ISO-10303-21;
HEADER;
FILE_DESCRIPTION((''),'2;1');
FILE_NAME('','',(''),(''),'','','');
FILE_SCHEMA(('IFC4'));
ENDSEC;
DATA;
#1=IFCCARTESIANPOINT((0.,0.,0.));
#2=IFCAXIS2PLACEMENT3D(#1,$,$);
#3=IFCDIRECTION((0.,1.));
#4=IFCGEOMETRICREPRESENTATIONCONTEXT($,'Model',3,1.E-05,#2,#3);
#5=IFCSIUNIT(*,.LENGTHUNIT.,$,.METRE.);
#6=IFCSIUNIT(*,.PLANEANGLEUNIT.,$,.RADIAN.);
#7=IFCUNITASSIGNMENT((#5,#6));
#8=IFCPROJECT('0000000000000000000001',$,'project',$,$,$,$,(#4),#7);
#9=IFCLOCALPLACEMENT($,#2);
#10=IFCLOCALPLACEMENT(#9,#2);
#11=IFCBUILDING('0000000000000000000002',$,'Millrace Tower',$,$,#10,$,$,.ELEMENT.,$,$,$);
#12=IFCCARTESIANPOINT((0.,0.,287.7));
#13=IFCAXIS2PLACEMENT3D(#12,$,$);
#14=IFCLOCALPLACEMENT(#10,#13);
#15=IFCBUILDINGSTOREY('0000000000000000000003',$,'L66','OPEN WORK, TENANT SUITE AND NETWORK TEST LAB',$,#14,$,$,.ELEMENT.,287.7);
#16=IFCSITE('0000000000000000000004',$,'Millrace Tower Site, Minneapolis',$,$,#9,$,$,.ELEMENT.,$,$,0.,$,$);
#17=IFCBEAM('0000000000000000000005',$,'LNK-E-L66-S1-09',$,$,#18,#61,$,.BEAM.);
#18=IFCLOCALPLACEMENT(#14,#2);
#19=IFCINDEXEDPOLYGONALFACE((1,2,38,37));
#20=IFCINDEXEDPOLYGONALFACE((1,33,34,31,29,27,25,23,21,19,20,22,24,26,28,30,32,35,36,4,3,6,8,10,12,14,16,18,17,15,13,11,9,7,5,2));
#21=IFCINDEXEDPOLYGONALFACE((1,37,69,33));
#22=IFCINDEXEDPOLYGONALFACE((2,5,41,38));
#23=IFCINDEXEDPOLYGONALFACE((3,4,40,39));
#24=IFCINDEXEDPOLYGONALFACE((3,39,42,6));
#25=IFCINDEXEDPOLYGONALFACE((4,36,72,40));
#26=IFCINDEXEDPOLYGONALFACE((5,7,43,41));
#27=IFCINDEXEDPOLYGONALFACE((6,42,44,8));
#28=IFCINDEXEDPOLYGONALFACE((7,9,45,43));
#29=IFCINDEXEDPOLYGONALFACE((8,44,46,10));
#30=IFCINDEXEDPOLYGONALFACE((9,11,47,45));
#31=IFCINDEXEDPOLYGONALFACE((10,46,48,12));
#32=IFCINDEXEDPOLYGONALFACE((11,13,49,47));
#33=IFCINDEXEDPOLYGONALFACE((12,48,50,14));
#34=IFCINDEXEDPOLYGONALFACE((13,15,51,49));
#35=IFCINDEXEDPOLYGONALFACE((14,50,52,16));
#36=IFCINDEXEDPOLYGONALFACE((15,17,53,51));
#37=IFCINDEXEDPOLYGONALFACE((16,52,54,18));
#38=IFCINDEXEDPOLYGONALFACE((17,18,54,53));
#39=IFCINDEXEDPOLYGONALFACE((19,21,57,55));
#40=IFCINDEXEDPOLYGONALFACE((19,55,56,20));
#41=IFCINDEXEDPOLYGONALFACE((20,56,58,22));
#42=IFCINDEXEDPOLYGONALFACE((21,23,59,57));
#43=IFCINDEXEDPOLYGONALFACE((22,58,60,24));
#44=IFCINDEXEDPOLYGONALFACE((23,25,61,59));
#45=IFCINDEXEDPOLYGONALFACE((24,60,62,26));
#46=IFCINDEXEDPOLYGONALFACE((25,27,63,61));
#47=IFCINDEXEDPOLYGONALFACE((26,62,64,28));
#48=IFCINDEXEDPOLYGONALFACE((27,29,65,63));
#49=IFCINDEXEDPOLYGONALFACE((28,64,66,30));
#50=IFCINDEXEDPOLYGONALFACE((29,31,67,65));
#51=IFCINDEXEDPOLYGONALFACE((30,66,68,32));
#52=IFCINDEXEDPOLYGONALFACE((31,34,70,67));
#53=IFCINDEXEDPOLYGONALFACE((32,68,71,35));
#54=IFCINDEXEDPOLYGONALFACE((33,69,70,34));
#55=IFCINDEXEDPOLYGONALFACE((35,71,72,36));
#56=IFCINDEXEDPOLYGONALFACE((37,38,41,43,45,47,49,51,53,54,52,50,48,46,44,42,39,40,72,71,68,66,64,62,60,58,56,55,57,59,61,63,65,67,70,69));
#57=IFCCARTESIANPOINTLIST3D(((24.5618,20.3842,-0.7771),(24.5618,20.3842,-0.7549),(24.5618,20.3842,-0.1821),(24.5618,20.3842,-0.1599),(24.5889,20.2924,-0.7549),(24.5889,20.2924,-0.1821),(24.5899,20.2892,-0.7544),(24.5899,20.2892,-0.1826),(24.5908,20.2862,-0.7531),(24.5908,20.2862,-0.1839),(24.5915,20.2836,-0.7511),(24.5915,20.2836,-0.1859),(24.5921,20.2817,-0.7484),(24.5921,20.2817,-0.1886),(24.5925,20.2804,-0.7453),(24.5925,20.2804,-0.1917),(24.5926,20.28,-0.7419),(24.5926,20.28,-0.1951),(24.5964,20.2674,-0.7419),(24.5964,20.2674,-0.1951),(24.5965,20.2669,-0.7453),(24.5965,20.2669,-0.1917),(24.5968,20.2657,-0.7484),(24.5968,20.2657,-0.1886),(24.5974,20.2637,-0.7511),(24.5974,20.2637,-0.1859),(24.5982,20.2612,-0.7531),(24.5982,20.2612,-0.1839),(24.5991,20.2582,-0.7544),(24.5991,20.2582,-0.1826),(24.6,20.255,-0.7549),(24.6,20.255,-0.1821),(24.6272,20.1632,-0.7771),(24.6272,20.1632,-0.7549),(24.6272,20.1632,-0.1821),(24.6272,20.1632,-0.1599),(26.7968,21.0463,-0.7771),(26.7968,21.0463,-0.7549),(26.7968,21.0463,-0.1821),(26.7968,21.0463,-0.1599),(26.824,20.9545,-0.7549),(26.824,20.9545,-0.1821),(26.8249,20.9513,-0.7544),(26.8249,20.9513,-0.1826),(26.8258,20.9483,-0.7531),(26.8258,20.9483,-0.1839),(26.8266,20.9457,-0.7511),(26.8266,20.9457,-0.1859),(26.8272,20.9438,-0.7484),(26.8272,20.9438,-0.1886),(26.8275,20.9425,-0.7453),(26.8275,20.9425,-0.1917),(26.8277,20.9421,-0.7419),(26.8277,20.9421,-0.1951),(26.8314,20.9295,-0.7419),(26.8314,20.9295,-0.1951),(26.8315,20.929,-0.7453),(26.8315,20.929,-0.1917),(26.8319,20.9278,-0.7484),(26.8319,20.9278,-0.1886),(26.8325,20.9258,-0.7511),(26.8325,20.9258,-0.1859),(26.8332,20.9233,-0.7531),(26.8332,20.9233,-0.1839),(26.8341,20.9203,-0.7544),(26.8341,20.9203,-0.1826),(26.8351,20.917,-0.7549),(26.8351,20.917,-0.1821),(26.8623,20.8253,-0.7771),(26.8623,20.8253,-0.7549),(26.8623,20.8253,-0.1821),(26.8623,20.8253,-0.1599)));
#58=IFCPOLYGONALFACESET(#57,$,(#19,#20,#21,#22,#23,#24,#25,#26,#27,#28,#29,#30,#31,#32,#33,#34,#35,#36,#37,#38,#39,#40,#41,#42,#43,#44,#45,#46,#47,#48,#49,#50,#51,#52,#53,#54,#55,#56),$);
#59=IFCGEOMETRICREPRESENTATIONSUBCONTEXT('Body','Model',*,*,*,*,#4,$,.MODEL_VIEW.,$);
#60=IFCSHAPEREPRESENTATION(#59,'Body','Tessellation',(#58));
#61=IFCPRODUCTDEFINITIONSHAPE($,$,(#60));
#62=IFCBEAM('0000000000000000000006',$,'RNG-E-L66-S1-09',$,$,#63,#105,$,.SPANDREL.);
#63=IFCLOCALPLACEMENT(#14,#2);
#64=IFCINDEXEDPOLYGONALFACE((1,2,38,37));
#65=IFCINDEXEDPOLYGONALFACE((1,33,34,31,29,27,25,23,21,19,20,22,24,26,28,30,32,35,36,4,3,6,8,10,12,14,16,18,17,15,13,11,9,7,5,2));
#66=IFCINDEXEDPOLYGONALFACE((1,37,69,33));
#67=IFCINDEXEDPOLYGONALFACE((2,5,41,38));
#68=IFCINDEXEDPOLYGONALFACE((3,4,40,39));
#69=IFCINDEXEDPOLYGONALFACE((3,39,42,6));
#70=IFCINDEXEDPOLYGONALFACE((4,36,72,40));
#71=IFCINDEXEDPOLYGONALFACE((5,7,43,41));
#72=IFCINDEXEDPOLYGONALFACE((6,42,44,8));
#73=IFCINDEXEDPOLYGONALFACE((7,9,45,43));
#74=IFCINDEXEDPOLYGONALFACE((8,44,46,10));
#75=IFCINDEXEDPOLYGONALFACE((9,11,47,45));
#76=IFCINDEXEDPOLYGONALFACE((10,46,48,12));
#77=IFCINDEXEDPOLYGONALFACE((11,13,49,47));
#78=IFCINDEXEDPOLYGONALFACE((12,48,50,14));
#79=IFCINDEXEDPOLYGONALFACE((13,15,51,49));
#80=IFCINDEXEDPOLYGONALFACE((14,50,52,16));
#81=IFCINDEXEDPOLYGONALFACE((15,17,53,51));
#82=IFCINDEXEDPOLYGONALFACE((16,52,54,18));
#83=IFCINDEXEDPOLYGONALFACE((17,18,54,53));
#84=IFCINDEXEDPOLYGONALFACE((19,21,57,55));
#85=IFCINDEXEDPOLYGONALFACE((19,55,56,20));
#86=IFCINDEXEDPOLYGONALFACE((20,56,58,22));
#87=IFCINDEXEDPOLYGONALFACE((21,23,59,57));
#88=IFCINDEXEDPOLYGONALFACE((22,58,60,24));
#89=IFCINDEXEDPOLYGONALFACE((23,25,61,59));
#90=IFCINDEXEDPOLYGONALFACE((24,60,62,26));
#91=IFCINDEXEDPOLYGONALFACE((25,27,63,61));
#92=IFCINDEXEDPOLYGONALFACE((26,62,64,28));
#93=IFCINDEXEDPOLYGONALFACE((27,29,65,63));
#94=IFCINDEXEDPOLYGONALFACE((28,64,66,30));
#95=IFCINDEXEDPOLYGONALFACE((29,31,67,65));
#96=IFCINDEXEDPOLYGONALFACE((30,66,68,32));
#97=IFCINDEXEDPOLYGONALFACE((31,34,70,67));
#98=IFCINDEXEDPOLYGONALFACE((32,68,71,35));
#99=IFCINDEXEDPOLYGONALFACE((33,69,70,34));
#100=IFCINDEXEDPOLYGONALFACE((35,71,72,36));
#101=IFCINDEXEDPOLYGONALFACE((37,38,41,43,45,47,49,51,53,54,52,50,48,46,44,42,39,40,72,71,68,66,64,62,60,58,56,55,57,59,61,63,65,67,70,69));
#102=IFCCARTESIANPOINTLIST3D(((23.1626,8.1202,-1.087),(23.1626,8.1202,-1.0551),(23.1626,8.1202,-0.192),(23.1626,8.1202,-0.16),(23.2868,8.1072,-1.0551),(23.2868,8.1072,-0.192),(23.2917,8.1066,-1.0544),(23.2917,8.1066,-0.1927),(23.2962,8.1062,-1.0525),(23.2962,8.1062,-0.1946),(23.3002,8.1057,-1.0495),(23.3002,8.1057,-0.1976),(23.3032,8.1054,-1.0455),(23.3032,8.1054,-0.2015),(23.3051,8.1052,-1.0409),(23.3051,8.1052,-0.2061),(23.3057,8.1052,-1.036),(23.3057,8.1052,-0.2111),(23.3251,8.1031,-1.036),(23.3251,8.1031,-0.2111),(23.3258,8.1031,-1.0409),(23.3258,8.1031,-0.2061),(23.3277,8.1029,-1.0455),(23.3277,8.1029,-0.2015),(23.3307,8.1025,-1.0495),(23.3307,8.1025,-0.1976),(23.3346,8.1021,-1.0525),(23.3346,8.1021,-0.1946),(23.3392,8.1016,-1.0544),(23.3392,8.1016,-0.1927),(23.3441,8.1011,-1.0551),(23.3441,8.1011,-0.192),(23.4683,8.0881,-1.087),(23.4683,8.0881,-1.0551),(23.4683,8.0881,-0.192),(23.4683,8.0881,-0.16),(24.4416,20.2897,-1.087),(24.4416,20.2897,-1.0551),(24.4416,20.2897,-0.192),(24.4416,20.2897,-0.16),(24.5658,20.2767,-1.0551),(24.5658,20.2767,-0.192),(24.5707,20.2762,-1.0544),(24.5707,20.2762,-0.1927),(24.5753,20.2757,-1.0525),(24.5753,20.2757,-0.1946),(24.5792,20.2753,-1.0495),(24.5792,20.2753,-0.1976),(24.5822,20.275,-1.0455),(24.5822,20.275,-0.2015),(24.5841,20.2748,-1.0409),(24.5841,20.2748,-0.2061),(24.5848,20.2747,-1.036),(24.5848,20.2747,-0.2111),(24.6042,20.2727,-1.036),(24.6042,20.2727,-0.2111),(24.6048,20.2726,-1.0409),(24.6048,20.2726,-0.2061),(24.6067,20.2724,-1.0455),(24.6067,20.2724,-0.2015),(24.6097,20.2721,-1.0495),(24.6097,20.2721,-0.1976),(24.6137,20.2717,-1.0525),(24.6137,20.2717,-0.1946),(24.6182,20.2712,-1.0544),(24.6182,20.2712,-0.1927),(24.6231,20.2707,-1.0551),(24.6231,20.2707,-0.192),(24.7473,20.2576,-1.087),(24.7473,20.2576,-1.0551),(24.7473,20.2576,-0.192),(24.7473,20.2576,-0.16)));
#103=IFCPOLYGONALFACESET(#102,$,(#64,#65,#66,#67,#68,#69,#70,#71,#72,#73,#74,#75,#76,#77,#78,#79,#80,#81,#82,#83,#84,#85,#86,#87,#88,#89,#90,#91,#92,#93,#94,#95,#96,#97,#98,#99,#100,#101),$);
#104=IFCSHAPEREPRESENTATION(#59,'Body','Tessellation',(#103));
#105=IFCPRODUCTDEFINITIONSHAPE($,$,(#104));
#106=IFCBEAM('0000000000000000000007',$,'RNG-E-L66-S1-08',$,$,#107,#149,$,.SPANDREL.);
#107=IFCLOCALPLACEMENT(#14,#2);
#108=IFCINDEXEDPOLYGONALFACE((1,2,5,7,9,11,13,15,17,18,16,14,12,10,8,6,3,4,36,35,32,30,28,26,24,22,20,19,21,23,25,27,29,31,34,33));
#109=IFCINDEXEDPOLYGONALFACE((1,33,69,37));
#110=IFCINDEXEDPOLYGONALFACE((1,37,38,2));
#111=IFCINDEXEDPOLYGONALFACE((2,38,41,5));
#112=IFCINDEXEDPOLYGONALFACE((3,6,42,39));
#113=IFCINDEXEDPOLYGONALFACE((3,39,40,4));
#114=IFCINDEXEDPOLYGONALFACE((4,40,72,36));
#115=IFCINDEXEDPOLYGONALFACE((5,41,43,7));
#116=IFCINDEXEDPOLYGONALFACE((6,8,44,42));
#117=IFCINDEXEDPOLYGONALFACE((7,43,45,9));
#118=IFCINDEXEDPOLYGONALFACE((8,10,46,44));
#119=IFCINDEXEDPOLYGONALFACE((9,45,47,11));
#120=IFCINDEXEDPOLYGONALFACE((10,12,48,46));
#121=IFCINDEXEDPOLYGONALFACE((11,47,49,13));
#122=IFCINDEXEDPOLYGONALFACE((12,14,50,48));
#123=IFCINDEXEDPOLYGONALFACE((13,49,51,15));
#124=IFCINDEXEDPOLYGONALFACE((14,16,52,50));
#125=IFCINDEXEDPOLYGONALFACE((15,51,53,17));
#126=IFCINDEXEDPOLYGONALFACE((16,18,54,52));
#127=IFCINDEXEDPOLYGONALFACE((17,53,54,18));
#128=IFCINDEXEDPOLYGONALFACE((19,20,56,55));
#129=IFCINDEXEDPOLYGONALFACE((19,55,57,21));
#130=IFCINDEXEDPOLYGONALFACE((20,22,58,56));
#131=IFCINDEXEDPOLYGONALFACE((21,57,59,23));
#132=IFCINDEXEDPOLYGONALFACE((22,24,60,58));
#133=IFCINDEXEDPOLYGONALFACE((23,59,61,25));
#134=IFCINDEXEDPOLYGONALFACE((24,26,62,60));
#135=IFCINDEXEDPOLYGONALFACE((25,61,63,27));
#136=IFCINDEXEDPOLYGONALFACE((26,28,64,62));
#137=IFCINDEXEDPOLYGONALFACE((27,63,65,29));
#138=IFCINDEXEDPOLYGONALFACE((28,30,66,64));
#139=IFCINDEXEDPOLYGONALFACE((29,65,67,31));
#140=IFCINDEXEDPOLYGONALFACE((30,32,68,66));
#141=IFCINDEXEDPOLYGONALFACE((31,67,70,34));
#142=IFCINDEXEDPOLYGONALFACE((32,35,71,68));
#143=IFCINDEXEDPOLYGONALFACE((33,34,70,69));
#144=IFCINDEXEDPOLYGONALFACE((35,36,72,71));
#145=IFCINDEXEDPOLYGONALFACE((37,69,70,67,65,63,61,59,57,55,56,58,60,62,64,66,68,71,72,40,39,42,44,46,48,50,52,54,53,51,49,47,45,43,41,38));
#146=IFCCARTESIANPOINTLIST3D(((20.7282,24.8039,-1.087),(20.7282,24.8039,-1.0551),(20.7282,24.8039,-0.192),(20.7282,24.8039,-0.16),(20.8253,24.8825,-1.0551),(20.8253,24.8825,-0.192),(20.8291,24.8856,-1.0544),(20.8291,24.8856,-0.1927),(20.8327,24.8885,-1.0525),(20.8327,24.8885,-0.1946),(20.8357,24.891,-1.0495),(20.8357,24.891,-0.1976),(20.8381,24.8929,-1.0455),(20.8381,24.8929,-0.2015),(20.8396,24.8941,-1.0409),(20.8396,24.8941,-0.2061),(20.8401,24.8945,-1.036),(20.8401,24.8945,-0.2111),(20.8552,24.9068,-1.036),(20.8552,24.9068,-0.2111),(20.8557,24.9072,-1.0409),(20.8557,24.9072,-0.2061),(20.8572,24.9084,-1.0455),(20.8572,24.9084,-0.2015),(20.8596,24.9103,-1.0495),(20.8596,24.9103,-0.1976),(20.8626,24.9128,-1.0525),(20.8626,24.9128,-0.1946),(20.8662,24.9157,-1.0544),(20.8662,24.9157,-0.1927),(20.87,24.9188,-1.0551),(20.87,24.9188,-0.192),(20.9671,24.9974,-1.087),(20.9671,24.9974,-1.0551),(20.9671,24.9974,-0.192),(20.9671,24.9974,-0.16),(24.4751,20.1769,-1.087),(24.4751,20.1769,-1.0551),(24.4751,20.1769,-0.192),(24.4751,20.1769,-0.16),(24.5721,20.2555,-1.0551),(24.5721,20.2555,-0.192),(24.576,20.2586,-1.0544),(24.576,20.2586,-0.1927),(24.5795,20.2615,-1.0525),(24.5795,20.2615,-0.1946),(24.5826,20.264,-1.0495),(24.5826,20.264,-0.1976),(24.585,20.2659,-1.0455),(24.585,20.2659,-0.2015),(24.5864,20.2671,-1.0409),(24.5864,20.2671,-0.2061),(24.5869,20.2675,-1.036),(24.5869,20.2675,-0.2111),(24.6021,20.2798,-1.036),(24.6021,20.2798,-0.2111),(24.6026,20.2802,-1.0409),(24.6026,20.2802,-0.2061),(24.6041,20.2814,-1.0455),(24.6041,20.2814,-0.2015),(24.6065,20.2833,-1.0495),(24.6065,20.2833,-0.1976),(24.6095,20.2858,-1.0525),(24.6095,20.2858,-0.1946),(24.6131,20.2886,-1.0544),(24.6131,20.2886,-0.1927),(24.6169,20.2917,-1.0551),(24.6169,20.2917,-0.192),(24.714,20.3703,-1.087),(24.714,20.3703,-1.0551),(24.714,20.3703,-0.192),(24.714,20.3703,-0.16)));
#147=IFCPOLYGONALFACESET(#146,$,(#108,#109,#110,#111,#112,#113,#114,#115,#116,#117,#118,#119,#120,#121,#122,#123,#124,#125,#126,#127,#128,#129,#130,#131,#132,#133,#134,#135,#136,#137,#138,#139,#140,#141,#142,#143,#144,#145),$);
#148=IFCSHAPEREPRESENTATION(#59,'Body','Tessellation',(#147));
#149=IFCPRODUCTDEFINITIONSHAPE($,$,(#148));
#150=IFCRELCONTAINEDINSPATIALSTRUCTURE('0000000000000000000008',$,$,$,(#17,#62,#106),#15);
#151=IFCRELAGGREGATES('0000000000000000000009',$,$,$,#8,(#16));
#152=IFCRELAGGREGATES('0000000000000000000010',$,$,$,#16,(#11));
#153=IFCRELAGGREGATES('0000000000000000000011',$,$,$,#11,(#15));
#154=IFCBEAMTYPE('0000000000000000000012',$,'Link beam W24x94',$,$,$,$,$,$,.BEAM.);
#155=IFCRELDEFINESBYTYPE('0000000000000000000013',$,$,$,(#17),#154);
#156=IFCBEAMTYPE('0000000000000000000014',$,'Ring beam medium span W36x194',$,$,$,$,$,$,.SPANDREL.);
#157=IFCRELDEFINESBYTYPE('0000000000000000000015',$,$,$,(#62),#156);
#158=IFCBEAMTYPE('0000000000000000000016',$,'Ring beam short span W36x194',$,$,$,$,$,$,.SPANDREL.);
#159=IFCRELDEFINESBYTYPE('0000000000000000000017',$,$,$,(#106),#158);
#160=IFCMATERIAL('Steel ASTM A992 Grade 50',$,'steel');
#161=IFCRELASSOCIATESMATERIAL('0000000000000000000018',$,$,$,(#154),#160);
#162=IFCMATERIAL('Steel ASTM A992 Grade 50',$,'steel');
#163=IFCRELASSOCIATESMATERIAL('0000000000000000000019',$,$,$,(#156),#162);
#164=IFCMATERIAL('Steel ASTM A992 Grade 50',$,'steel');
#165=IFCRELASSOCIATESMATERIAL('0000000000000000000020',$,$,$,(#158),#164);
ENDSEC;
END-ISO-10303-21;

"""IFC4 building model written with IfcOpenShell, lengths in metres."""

from ifc_helpers import new_model, si_unit, direction, frame, origin, origin_2d, place, context, subcontext, project, spatial, i_section, extrude, material, material_profile, profile_set, type_object, element, save


model = new_model("IFC4")

# Units and contexts
model_context = context("Model", 3, precision=1e-05, world=origin(), true_north=direction((0.0, 1.0)))
body_context = subcontext(model_context, "Body", "Model", "MODEL_VIEW")
ifc_project = project(units=[si_unit("LENGTHUNIT", "METRE"), si_unit("PLANEANGLEUNIT", "RADIAN")], contexts=[model_context])

# Site, building, storey
site_placement = place(None, origin())
site = spatial("IfcSite", under=ifc_project, at=site_placement, Name="Millrace Tower Site, Minneapolis", CompositionType="ELEMENT", RefElevation=0.0)
building_placement = place(site_placement, origin())
building = spatial("IfcBuilding", under=site, at=building_placement, Name="Millrace Tower", CompositionType="ELEMENT")
storey_placement = place(building_placement, frame((0.0, 0.0, 287.7)))
storey = spatial("IfcBuildingStorey", under=building, at=storey_placement, Name="L66", Description="OPEN WORK, TENANT SUITE AND NETWORK TEST LAB", CompositionType="ELEMENT", Elevation=287.7)

# Beams
ifc_material_1 = material(Name="Steel ASTM A992 Grade 50", Category="steel")
ifc_material_profile_1 = material_profile(ifc_material_1, i_section(OverallWidth=0.2305, OverallDepth=0.6172, WebThickness=0.0132, FlangeThickness=0.0222, FilletRadius=0.0129, at=origin_2d()))
ifc_profile_set_1 = profile_set([ifc_material_profile_1], Name="Steel ASTM A992 Grade 50")
beam_type_1 = type_object("IfcBeamType", Name="Link beam W24x94", PredefinedType="BEAM", material=ifc_profile_set_1)
for number, where, z_axis, x_axis, name in (
    (1, (24.5945, 20.2737, -0.4685), (0.958815, 0.284031, 0.0), (-0.284031, 0.958815, 0.0), "LNK-E-L66-S1-09"),
):
    element("IfcBeam", number, at=place(storey_placement, frame(where, z_axis=z_axis, x_axis=x_axis)), inside=storey, type_object=beam_type_1, Name=name, PredefinedType="BEAM", context=body_context, shape_type="SweptSolid", body=[
        extrude(i_section(OverallWidth=0.2305, OverallDepth=0.6172, WebThickness=0.0132, FlangeThickness=0.0222, FilletRadius=0.0129, at=origin_2d()), origin(), (0.0, 0.0, 1.0), 2.3311),
    ])
ifc_material_2 = material(Name="Steel ASTM A992 Grade 50", Category="steel")
ifc_material_profile_2 = material_profile(ifc_material_2, i_section(OverallWidth=0.3074, OverallDepth=0.927, WebThickness=0.0195, FlangeThickness=0.032, FilletRadius=0.019, at=origin_2d()))
ifc_profile_set_2 = profile_set([ifc_material_profile_2], Name="Steel ASTM A992 Grade 50")
beam_type_2 = type_object("IfcBeamType", Name="Ring beam medium span W36x194", PredefinedType="SPANDREL", material=ifc_profile_set_2)
beam_1_placement = place(storey_placement, frame((24.5945, 20.2737, -0.6235), z_axis=(-0.104528, -0.994522, 0.0), x_axis=(0.994522, -0.104528, 0.0)))
element("IfcBeam", 2, at=beam_1_placement, inside=storey, type_object=beam_type_2, Name="RNG-E-L66-S1-09", PredefinedType="SPANDREL", context=body_context, shape_type="SweptSolid", body=[
    extrude(i_section(OverallWidth=0.3074, OverallDepth=0.927, WebThickness=0.0195, FlangeThickness=0.032, FilletRadius=0.019, at=origin_2d()), origin(), (0.0, 0.0, 1.0), 12.2366),
])
ifc_material_3 = material(Name="Steel ASTM A992 Grade 50", Category="steel")
ifc_material_profile_3 = material_profile(ifc_material_3, i_section(OverallWidth=0.3074, OverallDepth=0.927, WebThickness=0.0195, FlangeThickness=0.032, FilletRadius=0.019, at=origin_2d()))
ifc_profile_set_3 = profile_set([ifc_material_profile_3], Name="Steel ASTM A992 Grade 50")
beam_type_3 = type_object("IfcBeamType", Name="Ring beam short span W36x194", PredefinedType="SPANDREL", material=ifc_profile_set_3)
beam_2_placement = place(storey_placement, frame((20.8477, 24.9006, -0.6235), z_axis=(0.62932, -0.777147, 0.0), x_axis=(0.777147, 0.62932, 0.0)))
element("IfcBeam", 3, at=beam_2_placement, inside=storey, type_object=beam_type_3, Name="RNG-E-L66-S1-08", PredefinedType="SPANDREL", context=body_context, shape_type="SweptSolid", body=[
    extrude(i_section(OverallWidth=0.3074, OverallDepth=0.927, WebThickness=0.0195, FlangeThickness=0.032, FilletRadius=0.019, at=origin_2d()), origin(), (0.0, 0.0, 1.0), 5.9539),
])

save(model, "model.ifc")
